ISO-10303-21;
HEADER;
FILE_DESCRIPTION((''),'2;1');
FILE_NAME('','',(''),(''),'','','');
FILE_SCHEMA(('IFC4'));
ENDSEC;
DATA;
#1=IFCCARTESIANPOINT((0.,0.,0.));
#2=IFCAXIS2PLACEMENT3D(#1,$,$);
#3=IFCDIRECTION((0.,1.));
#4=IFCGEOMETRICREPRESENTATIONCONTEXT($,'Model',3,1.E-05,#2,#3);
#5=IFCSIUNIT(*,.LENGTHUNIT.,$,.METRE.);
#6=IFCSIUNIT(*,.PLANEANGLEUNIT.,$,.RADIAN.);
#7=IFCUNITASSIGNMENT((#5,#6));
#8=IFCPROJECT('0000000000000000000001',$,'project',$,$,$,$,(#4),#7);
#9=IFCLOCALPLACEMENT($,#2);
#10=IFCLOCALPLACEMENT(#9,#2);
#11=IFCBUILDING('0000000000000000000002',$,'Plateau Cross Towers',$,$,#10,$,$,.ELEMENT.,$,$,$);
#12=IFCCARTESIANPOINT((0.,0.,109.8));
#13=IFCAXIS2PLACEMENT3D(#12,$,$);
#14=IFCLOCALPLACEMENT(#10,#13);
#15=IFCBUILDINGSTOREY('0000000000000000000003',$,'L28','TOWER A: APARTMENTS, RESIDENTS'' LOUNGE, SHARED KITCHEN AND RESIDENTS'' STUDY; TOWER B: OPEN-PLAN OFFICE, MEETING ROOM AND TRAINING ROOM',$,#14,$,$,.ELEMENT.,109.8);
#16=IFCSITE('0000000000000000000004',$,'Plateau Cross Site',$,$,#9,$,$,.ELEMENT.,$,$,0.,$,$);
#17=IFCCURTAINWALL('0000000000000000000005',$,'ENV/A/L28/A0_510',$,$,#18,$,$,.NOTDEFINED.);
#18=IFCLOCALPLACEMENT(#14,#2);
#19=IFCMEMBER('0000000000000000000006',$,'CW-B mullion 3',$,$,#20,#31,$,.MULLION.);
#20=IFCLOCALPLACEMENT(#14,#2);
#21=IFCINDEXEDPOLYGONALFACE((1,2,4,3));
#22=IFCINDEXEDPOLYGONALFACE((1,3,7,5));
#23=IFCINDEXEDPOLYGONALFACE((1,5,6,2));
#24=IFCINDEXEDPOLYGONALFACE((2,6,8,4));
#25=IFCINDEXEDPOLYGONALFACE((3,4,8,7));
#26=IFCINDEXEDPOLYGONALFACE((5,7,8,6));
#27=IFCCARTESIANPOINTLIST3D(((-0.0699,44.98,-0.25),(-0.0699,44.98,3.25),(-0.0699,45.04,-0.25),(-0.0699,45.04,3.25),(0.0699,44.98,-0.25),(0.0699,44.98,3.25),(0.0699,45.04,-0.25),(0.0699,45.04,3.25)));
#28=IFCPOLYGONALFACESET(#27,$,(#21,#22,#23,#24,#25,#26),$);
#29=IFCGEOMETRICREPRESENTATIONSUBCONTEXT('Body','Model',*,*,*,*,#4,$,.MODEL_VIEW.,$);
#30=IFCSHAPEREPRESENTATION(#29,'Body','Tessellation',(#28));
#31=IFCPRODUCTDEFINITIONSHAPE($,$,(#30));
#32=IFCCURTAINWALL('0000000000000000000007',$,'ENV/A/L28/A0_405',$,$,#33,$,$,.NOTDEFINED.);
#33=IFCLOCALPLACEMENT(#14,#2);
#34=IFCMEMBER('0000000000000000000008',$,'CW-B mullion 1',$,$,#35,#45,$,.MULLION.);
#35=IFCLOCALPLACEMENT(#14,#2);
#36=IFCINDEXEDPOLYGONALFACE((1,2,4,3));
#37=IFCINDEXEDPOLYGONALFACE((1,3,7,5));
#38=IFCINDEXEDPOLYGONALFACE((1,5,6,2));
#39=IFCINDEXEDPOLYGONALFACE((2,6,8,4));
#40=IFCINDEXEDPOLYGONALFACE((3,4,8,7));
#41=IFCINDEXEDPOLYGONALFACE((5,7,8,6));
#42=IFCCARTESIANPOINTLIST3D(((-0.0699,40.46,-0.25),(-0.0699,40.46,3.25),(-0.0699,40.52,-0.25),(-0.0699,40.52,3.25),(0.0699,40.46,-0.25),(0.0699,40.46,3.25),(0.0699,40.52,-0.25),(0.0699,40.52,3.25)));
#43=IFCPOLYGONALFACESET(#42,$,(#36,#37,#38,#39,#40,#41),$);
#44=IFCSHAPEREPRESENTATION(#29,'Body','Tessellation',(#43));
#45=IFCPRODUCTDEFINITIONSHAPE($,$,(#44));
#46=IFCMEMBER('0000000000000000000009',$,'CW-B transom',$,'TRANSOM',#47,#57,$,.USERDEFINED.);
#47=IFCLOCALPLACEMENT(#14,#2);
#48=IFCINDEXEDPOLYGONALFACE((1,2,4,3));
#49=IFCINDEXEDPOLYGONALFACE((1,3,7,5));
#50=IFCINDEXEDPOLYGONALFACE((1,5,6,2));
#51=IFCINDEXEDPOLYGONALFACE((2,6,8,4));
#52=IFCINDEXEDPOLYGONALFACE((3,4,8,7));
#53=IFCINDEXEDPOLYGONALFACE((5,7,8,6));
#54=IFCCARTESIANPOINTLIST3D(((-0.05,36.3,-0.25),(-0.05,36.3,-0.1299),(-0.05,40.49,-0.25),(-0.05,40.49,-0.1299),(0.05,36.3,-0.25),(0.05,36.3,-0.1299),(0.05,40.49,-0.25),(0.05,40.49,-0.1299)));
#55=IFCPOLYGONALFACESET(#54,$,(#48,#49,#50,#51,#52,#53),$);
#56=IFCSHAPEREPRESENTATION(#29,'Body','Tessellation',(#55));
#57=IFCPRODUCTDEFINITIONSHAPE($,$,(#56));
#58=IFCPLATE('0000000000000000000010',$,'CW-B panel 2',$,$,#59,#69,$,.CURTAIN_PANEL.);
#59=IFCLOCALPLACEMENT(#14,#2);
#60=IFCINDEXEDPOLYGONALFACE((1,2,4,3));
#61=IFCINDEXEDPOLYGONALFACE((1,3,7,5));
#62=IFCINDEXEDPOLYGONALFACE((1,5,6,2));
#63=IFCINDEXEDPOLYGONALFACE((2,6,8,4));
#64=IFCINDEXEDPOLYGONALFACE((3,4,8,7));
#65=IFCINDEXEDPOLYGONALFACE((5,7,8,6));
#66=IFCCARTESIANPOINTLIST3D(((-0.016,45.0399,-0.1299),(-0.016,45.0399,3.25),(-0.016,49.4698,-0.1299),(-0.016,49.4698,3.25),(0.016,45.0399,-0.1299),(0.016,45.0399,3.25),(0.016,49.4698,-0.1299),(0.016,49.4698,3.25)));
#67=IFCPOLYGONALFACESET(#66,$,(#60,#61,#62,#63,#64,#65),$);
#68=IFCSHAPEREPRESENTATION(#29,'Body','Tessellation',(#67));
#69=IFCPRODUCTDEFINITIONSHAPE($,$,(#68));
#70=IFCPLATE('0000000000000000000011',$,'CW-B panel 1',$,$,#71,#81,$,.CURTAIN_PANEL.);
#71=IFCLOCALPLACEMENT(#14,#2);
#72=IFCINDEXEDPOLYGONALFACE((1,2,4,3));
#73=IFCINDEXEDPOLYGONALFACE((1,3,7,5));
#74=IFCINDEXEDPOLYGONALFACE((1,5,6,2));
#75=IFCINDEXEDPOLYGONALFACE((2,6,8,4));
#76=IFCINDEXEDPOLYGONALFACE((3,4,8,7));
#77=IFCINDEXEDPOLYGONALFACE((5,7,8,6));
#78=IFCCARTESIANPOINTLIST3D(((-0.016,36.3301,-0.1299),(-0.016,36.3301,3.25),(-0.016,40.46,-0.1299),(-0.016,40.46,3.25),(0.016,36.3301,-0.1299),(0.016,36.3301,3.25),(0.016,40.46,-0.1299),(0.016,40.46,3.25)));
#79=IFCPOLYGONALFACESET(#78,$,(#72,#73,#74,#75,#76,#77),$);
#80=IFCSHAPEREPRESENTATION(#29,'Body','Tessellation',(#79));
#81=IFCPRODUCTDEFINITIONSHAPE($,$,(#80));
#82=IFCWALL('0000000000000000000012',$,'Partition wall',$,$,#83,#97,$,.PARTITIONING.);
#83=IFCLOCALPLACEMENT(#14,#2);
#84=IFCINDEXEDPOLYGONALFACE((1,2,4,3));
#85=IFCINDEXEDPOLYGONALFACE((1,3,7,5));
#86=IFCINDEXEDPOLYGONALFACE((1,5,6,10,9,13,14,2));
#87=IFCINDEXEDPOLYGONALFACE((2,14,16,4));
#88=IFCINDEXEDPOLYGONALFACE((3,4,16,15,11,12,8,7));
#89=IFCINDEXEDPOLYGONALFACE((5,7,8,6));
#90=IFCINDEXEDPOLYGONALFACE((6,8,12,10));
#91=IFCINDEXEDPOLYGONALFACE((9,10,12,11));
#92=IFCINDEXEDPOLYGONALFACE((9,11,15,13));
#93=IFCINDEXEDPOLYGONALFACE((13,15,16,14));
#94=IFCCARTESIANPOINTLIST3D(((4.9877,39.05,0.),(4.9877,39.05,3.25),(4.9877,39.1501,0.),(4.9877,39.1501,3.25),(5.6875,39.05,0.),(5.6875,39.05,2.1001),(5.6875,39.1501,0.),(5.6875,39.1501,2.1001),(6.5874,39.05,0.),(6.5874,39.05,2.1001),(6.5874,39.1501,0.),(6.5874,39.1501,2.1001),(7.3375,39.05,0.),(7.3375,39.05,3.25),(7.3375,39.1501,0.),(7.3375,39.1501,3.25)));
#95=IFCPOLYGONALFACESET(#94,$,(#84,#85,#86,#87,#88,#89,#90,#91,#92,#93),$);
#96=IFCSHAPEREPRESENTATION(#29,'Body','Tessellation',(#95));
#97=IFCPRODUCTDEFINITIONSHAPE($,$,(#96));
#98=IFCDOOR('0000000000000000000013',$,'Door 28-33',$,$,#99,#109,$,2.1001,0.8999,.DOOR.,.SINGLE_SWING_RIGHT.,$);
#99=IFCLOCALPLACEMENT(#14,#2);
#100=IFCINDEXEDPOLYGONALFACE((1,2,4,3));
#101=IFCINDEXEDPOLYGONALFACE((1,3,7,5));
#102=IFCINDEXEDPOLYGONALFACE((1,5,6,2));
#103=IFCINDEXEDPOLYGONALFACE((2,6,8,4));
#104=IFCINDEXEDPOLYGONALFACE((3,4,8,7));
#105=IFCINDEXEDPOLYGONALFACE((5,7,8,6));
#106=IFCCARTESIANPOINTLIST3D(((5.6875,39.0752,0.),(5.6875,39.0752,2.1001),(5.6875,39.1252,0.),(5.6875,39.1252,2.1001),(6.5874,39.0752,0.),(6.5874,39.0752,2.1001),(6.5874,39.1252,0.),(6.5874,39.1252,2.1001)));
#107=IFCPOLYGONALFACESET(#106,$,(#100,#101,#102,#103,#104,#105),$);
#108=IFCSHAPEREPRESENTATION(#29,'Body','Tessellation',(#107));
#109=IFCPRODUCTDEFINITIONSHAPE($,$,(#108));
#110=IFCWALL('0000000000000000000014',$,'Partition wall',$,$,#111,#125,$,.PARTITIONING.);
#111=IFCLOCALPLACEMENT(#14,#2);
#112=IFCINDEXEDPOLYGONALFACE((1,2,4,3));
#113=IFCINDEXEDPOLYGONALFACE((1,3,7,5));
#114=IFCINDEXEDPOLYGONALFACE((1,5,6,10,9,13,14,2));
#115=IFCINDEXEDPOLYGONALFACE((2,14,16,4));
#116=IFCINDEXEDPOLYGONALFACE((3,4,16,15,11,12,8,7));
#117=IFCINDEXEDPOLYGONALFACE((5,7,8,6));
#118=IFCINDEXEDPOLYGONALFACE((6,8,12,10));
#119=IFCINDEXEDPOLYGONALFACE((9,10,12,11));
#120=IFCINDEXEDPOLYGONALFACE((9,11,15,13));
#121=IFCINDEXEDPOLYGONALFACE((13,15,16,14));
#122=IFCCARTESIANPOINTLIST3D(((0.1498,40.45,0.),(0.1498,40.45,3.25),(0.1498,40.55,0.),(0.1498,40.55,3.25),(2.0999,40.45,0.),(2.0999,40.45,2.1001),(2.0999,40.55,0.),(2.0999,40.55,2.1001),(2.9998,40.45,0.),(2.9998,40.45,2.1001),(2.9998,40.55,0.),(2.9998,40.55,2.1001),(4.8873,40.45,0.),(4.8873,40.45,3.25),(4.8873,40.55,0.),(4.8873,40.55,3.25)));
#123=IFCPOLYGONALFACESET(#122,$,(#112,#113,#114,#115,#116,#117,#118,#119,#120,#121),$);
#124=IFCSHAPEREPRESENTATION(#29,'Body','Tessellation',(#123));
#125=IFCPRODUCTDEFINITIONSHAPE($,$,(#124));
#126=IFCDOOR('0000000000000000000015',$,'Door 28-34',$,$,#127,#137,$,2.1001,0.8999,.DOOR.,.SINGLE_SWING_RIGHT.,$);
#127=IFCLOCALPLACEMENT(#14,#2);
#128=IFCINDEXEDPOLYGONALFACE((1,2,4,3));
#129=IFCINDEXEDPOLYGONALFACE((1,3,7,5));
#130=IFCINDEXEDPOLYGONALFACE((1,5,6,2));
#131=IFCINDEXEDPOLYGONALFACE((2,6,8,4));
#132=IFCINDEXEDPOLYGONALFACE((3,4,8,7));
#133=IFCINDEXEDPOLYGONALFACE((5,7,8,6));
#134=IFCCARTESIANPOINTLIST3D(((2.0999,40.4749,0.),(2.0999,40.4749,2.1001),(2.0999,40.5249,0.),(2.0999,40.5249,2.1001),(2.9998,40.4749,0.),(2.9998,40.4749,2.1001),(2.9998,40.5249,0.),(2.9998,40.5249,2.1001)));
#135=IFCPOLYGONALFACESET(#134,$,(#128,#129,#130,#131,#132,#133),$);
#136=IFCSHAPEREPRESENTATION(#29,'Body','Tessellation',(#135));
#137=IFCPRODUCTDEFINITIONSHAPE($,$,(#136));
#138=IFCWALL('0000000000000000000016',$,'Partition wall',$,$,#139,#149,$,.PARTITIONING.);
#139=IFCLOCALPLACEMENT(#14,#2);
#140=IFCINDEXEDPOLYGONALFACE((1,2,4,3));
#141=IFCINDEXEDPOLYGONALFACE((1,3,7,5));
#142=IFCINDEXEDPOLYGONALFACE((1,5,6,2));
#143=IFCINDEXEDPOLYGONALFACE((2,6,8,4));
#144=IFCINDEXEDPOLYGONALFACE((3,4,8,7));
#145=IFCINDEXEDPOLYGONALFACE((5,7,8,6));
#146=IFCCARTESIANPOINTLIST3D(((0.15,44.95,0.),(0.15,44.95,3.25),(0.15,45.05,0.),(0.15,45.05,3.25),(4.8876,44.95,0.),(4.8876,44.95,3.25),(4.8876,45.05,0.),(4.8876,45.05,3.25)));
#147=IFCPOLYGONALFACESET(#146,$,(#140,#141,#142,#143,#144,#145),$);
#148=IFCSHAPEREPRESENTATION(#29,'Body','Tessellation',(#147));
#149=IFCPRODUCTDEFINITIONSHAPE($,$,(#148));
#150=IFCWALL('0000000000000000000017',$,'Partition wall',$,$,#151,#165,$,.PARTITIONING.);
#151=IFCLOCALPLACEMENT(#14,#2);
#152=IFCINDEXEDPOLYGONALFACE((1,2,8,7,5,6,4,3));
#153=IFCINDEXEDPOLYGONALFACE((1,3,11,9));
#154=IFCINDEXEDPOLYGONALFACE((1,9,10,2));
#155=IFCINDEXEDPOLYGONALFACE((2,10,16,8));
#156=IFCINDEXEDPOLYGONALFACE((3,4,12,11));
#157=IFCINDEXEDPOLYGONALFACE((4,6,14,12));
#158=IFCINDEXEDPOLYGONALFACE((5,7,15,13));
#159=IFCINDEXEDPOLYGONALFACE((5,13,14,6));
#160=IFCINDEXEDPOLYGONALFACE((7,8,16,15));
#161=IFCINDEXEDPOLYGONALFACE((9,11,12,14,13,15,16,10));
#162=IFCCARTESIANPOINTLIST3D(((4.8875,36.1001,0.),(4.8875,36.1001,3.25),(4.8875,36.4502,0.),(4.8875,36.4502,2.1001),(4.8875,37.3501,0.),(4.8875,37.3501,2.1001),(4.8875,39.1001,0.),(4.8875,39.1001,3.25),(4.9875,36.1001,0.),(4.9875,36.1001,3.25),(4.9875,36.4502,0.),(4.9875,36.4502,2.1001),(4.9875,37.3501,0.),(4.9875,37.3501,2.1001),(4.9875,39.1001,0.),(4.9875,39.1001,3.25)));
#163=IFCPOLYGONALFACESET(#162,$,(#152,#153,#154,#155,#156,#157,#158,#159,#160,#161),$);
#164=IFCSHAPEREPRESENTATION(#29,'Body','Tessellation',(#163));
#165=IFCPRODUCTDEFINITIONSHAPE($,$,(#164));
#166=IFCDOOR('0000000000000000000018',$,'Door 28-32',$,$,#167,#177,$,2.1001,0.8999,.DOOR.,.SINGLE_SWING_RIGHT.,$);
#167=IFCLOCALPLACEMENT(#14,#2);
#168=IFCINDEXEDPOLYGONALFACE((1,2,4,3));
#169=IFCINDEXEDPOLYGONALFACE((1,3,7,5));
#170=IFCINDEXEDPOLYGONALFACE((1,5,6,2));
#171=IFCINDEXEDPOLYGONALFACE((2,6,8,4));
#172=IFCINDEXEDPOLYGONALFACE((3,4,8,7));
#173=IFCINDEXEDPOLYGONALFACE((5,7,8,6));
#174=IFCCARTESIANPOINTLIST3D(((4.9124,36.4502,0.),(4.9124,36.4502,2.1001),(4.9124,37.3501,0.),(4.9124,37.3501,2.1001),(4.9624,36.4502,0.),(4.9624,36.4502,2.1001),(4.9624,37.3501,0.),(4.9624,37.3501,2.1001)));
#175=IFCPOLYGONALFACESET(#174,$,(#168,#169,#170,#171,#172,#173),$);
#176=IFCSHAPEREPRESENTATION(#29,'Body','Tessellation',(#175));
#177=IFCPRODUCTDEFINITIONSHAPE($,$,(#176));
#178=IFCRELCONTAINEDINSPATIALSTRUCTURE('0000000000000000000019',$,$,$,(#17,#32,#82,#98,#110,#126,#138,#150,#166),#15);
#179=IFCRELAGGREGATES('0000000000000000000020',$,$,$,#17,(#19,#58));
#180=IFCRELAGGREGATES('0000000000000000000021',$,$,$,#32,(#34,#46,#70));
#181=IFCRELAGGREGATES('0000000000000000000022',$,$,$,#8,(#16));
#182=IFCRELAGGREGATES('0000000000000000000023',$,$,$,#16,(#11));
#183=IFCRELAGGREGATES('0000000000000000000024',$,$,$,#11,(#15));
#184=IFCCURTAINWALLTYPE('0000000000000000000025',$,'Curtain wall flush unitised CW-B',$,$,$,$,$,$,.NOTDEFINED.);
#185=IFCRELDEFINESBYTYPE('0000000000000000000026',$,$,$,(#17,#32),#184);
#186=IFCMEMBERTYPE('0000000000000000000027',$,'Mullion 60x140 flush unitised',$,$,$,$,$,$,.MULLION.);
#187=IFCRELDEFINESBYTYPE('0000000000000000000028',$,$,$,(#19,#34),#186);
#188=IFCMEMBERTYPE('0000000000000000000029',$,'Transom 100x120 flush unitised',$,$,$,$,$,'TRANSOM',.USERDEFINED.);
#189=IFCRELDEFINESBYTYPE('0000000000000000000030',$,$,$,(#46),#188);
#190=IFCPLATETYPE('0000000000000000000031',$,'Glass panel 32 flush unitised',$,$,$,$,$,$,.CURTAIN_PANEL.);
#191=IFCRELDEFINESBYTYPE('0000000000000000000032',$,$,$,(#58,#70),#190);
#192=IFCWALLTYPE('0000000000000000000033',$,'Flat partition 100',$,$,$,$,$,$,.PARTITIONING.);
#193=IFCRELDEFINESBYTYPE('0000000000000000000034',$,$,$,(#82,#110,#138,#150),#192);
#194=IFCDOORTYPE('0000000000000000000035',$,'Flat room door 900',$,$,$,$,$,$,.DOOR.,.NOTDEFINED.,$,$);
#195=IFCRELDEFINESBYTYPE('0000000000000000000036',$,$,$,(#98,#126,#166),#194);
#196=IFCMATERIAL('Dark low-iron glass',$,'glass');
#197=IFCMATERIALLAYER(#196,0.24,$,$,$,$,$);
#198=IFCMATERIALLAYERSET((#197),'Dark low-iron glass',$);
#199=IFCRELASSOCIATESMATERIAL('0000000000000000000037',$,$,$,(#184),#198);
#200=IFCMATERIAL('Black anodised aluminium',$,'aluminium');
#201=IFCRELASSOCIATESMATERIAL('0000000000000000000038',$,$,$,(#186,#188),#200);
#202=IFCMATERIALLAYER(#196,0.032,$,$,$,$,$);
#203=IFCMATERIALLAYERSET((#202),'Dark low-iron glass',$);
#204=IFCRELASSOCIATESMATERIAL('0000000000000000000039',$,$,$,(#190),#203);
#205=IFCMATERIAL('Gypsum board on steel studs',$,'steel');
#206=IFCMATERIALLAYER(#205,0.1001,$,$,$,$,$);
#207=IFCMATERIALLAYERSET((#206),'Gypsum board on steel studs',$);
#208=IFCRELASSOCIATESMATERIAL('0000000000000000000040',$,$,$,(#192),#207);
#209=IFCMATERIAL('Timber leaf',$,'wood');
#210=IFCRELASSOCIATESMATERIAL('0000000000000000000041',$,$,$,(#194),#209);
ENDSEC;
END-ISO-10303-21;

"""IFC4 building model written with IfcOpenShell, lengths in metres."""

from ifc_helpers import new_model, si_unit, direction, frame, frame_2d, origin, origin_2d, place, context, subcontext, project, spatial, rectangle, extrude, material, layer, layer_set, material_profile, profile_set, type_object, element, fill, aggregate, save


model = new_model("IFC4")

# Units and contexts
model_context = context("Model", 3, precision=1e-05, world=origin(), true_north=direction((0.0, 1.0)))
body_context = subcontext(model_context, "Body", "Model", "MODEL_VIEW")
ifc_project = project(units=[si_unit("LENGTHUNIT", "METRE"), si_unit("PLANEANGLEUNIT", "RADIAN")], contexts=[model_context])

# Site, building, storey
site_placement = place(None, origin())
site = spatial("IfcSite", under=ifc_project, at=site_placement, Name="Plateau Cross Site", CompositionType="ELEMENT", RefElevation=0.0)
building_placement = place(site_placement, origin())
building = spatial("IfcBuilding", under=site, at=building_placement, Name="Plateau Cross Towers", CompositionType="ELEMENT")
storey_placement = place(building_placement, frame((0.0, 0.0, 109.8)))
storey = spatial("IfcBuildingStorey", under=building, at=storey_placement, Name="L28", Description="TOWER A: APARTMENTS, RESIDENTS' LOUNGE, SHARED KITCHEN AND RESIDENTS' STUDY; TOWER B: OPEN-PLAN OFFICE, MEETING ROOM AND TRAINING ROOM", CompositionType="ELEMENT", Elevation=109.8)

# Curtain wall, member
ifc_material_1 = material(Name="Dark low-iron glass", Category="glass")
ifc_layer_1 = layer(ifc_material_1, 0.24)
ifc_layer_set_1 = layer_set([ifc_layer_1], Name="Dark low-iron glass")
curtain_wall_type = type_object("IfcCurtainWallType", Name="Curtain wall flush unitised CW-B", PredefinedType="NOTDEFINED", material=ifc_layer_set_1)
curtain_wall_1_placement = place(storey_placement, origin())
curtain_wall_1 = element("IfcCurtainWall", 1, at=curtain_wall_1_placement, inside=storey, type_object=curtain_wall_type, Name="ENV/A/L28/A0_510", PredefinedType="NOTDEFINED")
ifc_material_2 = material(Name="Black anodised aluminium", Category="aluminium")
ifc_material_profile_1 = material_profile(ifc_material_2, rectangle(XDim=0.0601, YDim=0.1399, at=origin_2d()), Name="MULLION 60x140")
ifc_profile_set_1 = profile_set([ifc_material_profile_1], Name="Black anodised aluminium")
member_type_1 = type_object("IfcMemberType", Name="Mullion 60x140 flush unitised", PredefinedType="MULLION", material=ifc_profile_set_1)
member_1_placement = place(storey_placement, frame((0.0, 45.01, -0.25), z_axis=(0.0, 0.0, 1.0), x_axis=(0.0, -1.0, 0.0)))
member_1 = element("IfcMember", 2, at=member_1_placement, type_object=member_type_1, Name="CW-B mullion 3", PredefinedType="MULLION", context=body_context, shape_type="SweptSolid", body=[
    extrude(rectangle(XDim=0.0601, YDim=0.1399, at=origin_2d()), origin(), (0.0, 0.0, 1.0), 3.5),
])

# Curtain wall, members
curtain_wall_2_placement = place(storey_placement, origin())
curtain_wall_2 = element("IfcCurtainWall", 3, at=curtain_wall_2_placement, inside=storey, type_object=curtain_wall_type, Name="ENV/A/L28/A0_405", PredefinedType="NOTDEFINED")
member_2_placement = place(storey_placement, frame((0.0, 40.49, -0.25), z_axis=(0.0, 0.0, 1.0), x_axis=(0.0, -1.0, 0.0)))
member_2 = element("IfcMember", 4, at=member_2_placement, type_object=member_type_1, Name="CW-B mullion 1", PredefinedType="MULLION", context=body_context, shape_type="SweptSolid", body=[
    extrude(rectangle(XDim=0.0601, YDim=0.1399, at=origin_2d()), origin(), (0.0, 0.0, 1.0), 3.5),
])
ifc_material_profile_2 = material_profile(ifc_material_2, rectangle(XDim=0.1001, YDim=0.1201, at=origin_2d()), Name="TRANSOM 100x120")
ifc_profile_set_2 = profile_set([ifc_material_profile_2], Name="Black anodised aluminium")
member_type_2 = type_object("IfcMemberType", Name="Transom 100x120 flush unitised", ElementType="TRANSOM", PredefinedType="USERDEFINED", material=ifc_profile_set_2)
member_3_placement = place(storey_placement, frame((0.0, 40.49, -0.1899), z_axis=(0.0, -1.0, 0.0), x_axis=(1.0, 0.0, 0.0)))
member_3 = element("IfcMember", 5, at=member_3_placement, type_object=member_type_2, Name="CW-B transom", ObjectType="TRANSOM", PredefinedType="USERDEFINED", context=body_context, shape_type="SweptSolid", body=[
    extrude(rectangle(XDim=0.1001, YDim=0.1201, at=origin_2d()), origin(), (0.0, 0.0, 1.0), 4.1899),
])

# Plates
ifc_layer_2 = layer(ifc_material_1, 0.032)
ifc_layer_set_2 = layer_set([ifc_layer_2], Name="Dark low-iron glass")
plate_type = type_object("IfcPlateType", Name="Glass panel 32 flush unitised", PredefinedType="CURTAIN_PANEL", material=ifc_layer_set_2)
plate_1_placement = place(storey_placement, frame((0.0, 47.2549, -0.1299), z_axis=(0.0, 0.0, 1.0), x_axis=(0.0, -1.0, 0.0)))
plate_1 = element("IfcPlate", 6, at=plate_1_placement, type_object=plate_type, Name="CW-B panel 2", PredefinedType="CURTAIN_PANEL", context=body_context, shape_type="SweptSolid", body=[
    extrude(rectangle(XDim=4.4299, YDim=0.032, at=origin_2d()), origin(), (0.0, 0.0, 1.0), 3.3799),
])
aggregate(curtain_wall_1, [member_1, plate_1])
plate_2_placement = place(storey_placement, frame((0.0, 38.395, -0.1299), z_axis=(0.0, 0.0, 1.0), x_axis=(0.0, -1.0, 0.0)))
plate_2 = element("IfcPlate", 7, at=plate_2_placement, type_object=plate_type, Name="CW-B panel 1", PredefinedType="CURTAIN_PANEL", context=body_context, shape_type="SweptSolid", body=[
    extrude(rectangle(XDim=4.1299, YDim=0.032, at=origin_2d()), origin(), (0.0, 0.0, 1.0), 3.3799),
])
aggregate(curtain_wall_2, [member_2, member_3, plate_2])

# Walls, openings, doors
ifc_material_3 = material(Name="Gypsum board on steel studs", Category="steel")
ifc_layer_3 = layer(ifc_material_3, 0.1001)
ifc_layer_set_3 = layer_set([ifc_layer_3], Name="Gypsum board on steel studs")
wall_type_1 = type_object("IfcWallType", Name="Flat partition 100", PredefinedType="PARTITIONING", material=ifc_layer_set_3)
wall_1_placement = place(storey_placement, frame((7.3374, 39.1001, 0.0), z_axis=(0.0, 0.0, 1.0), x_axis=(-1.0, 0.0, 0.0)))
wall_1 = element("IfcWall", 8, at=wall_1_placement, inside=storey, type_object=wall_type_1, Name="Partition wall", PredefinedType="PARTITIONING", context=body_context, shape_type="SweptSolid", body=[
    extrude(rectangle(XDim=2.3499, YDim=0.1001, at=frame_2d((1.1748, 0.0))), origin(), (0.0, 0.0, 1.0), 3.25),
])
opening_1_placement = place(wall_1_placement, frame((0.75, 0.0, 0.0)))
opening_1 = element("IfcOpeningElement", 9, at=opening_1_placement, cuts=wall_1, PredefinedType="OPENING", context=body_context, shape_type="SweptSolid", body=[
    extrude(rectangle(XDim=0.8999, YDim=2.1001, at=frame_2d((0.45, 1.05))), frame((0.0, 0.0601, 0.0), z_axis=(0.0, -1.0, 0.0), x_axis=(1.0, 0.0, 0.0)), (0.0, 0.0, 1.0), 0.1201),
])
ifc_material_4 = material(Name="Timber leaf", Category="wood")
door_type_1 = type_object("IfcDoorType", Name="Flat room door 900", OperationType="NOTDEFINED", PredefinedType="DOOR", material=ifc_material_4)
door_1_placement = place(opening_1_placement, origin())
door_1 = element("IfcDoor", 10, at=door_1_placement, inside=storey, type_object=door_type_1, Name="Door 28-33", OperationType="SINGLE_SWING_RIGHT", OverallHeight=2.1001, OverallWidth=0.8999, PredefinedType="DOOR", context=body_context, shape_type="SweptSolid", body=[
    extrude(rectangle(XDim=0.8999, YDim=2.1001, at=frame_2d((0.45, 1.05))), frame((0.0, 0.0249, 0.0), z_axis=(0.0, -1.0, 0.0), x_axis=(1.0, 0.0, 0.0)), (0.0, 0.0, 1.0), 0.05),
])
fill(opening_1, door_1)
wall_2_placement = place(storey_placement, frame((0.1499, 40.5, 0.0), z_axis=(0.0, 0.0, 1.0), x_axis=(1.0, 0.0, 0.0)))
wall_2 = element("IfcWall", 11, at=wall_2_placement, inside=storey, type_object=wall_type_1, Name="Partition wall", PredefinedType="PARTITIONING", context=body_context, shape_type="SweptSolid", body=[
    extrude(rectangle(XDim=4.7375, YDim=0.1001, at=frame_2d((2.3687, 0.0))), origin(), (0.0, 0.0, 1.0), 3.25),
])
opening_2_placement = place(wall_2_placement, frame((1.95, 0.0, 0.0)))
opening_2 = element("IfcOpeningElement", 12, at=opening_2_placement, cuts=wall_2, PredefinedType="OPENING", context=body_context, shape_type="SweptSolid", body=[
    extrude(rectangle(XDim=0.8999, YDim=2.1001, at=frame_2d((0.45, 1.05))), frame((0.0, 0.0601, 0.0), z_axis=(0.0, -1.0, 0.0), x_axis=(1.0, 0.0, 0.0)), (0.0, 0.0, 1.0), 0.1201),
])
door_2_placement = place(opening_2_placement, origin())
door_2 = element("IfcDoor", 13, at=door_2_placement, inside=storey, type_object=door_type_1, Name="Door 28-34", OperationType="SINGLE_SWING_RIGHT", OverallHeight=2.1001, OverallWidth=0.8999, PredefinedType="DOOR", context=body_context, shape_type="SweptSolid", body=[
    extrude(rectangle(XDim=0.8999, YDim=2.1001, at=frame_2d((0.45, 1.05))), frame((0.0, 0.0249, 0.0), z_axis=(0.0, -1.0, 0.0), x_axis=(1.0, 0.0, 0.0)), (0.0, 0.0, 1.0), 0.05),
])
fill(opening_2, door_2)

# Wall
wall_3_placement = place(storey_placement, frame((4.8875, 45.0, 0.0), z_axis=(0.0, 0.0, 1.0), x_axis=(-1.0, 0.0, 0.0)))
element("IfcWall", 14, at=wall_3_placement, inside=storey, type_object=wall_type_1, Name="Partition wall", PredefinedType="PARTITIONING", context=body_context, shape_type="SweptSolid", body=[
    extrude(rectangle(XDim=4.7375, YDim=0.1001, at=frame_2d((2.3687, 0.0))), origin(), (0.0, 0.0, 1.0), 3.25),
])

# Wall, opening, door
wall_4_placement = place(storey_placement, frame((4.9375, 39.1001, 0.0), z_axis=(0.0, 0.0, 1.0), x_axis=(0.0, -1.0, 0.0)))
wall_4 = element("IfcWall", 15, at=wall_4_placement, inside=storey, type_object=wall_type_1, Name="Partition wall", PredefinedType="PARTITIONING", context=body_context, shape_type="SweptSolid", body=[
    extrude(rectangle(XDim=3.0, YDim=0.1001, at=frame_2d((1.5, 0.0))), origin(), (0.0, 0.0, 1.0), 3.25),
])
opening_3_placement = place(wall_4_placement, frame((1.75, 0.0, 0.0)))
opening_3 = element("IfcOpeningElement", 16, at=opening_3_placement, cuts=wall_4, PredefinedType="OPENING", context=body_context, shape_type="SweptSolid", body=[
    extrude(rectangle(XDim=0.8999, YDim=2.1001, at=frame_2d((0.45, 1.05))), frame((0.0, 0.0601, 0.0), z_axis=(0.0, -1.0, 0.0), x_axis=(1.0, 0.0, 0.0)), (0.0, 0.0, 1.0), 0.1201),
])
door_3_placement = place(opening_3_placement, origin())
door_3 = element("IfcDoor", 17, at=door_3_placement, inside=storey, type_object=door_type_1, Name="Door 28-32", OperationType="SINGLE_SWING_RIGHT", OverallHeight=2.1001, OverallWidth=0.8999, PredefinedType="DOOR", context=body_context, shape_type="SweptSolid", body=[
    extrude(rectangle(XDim=0.8999, YDim=2.1001, at=frame_2d((0.45, 1.05))), frame((0.0, 0.0249, 0.0), z_axis=(0.0, -1.0, 0.0), x_axis=(1.0, 0.0, 0.0)), (0.0, 0.0, 1.0), 0.05),
])
fill(opening_3, door_3)

save(model, "model.ifc")
